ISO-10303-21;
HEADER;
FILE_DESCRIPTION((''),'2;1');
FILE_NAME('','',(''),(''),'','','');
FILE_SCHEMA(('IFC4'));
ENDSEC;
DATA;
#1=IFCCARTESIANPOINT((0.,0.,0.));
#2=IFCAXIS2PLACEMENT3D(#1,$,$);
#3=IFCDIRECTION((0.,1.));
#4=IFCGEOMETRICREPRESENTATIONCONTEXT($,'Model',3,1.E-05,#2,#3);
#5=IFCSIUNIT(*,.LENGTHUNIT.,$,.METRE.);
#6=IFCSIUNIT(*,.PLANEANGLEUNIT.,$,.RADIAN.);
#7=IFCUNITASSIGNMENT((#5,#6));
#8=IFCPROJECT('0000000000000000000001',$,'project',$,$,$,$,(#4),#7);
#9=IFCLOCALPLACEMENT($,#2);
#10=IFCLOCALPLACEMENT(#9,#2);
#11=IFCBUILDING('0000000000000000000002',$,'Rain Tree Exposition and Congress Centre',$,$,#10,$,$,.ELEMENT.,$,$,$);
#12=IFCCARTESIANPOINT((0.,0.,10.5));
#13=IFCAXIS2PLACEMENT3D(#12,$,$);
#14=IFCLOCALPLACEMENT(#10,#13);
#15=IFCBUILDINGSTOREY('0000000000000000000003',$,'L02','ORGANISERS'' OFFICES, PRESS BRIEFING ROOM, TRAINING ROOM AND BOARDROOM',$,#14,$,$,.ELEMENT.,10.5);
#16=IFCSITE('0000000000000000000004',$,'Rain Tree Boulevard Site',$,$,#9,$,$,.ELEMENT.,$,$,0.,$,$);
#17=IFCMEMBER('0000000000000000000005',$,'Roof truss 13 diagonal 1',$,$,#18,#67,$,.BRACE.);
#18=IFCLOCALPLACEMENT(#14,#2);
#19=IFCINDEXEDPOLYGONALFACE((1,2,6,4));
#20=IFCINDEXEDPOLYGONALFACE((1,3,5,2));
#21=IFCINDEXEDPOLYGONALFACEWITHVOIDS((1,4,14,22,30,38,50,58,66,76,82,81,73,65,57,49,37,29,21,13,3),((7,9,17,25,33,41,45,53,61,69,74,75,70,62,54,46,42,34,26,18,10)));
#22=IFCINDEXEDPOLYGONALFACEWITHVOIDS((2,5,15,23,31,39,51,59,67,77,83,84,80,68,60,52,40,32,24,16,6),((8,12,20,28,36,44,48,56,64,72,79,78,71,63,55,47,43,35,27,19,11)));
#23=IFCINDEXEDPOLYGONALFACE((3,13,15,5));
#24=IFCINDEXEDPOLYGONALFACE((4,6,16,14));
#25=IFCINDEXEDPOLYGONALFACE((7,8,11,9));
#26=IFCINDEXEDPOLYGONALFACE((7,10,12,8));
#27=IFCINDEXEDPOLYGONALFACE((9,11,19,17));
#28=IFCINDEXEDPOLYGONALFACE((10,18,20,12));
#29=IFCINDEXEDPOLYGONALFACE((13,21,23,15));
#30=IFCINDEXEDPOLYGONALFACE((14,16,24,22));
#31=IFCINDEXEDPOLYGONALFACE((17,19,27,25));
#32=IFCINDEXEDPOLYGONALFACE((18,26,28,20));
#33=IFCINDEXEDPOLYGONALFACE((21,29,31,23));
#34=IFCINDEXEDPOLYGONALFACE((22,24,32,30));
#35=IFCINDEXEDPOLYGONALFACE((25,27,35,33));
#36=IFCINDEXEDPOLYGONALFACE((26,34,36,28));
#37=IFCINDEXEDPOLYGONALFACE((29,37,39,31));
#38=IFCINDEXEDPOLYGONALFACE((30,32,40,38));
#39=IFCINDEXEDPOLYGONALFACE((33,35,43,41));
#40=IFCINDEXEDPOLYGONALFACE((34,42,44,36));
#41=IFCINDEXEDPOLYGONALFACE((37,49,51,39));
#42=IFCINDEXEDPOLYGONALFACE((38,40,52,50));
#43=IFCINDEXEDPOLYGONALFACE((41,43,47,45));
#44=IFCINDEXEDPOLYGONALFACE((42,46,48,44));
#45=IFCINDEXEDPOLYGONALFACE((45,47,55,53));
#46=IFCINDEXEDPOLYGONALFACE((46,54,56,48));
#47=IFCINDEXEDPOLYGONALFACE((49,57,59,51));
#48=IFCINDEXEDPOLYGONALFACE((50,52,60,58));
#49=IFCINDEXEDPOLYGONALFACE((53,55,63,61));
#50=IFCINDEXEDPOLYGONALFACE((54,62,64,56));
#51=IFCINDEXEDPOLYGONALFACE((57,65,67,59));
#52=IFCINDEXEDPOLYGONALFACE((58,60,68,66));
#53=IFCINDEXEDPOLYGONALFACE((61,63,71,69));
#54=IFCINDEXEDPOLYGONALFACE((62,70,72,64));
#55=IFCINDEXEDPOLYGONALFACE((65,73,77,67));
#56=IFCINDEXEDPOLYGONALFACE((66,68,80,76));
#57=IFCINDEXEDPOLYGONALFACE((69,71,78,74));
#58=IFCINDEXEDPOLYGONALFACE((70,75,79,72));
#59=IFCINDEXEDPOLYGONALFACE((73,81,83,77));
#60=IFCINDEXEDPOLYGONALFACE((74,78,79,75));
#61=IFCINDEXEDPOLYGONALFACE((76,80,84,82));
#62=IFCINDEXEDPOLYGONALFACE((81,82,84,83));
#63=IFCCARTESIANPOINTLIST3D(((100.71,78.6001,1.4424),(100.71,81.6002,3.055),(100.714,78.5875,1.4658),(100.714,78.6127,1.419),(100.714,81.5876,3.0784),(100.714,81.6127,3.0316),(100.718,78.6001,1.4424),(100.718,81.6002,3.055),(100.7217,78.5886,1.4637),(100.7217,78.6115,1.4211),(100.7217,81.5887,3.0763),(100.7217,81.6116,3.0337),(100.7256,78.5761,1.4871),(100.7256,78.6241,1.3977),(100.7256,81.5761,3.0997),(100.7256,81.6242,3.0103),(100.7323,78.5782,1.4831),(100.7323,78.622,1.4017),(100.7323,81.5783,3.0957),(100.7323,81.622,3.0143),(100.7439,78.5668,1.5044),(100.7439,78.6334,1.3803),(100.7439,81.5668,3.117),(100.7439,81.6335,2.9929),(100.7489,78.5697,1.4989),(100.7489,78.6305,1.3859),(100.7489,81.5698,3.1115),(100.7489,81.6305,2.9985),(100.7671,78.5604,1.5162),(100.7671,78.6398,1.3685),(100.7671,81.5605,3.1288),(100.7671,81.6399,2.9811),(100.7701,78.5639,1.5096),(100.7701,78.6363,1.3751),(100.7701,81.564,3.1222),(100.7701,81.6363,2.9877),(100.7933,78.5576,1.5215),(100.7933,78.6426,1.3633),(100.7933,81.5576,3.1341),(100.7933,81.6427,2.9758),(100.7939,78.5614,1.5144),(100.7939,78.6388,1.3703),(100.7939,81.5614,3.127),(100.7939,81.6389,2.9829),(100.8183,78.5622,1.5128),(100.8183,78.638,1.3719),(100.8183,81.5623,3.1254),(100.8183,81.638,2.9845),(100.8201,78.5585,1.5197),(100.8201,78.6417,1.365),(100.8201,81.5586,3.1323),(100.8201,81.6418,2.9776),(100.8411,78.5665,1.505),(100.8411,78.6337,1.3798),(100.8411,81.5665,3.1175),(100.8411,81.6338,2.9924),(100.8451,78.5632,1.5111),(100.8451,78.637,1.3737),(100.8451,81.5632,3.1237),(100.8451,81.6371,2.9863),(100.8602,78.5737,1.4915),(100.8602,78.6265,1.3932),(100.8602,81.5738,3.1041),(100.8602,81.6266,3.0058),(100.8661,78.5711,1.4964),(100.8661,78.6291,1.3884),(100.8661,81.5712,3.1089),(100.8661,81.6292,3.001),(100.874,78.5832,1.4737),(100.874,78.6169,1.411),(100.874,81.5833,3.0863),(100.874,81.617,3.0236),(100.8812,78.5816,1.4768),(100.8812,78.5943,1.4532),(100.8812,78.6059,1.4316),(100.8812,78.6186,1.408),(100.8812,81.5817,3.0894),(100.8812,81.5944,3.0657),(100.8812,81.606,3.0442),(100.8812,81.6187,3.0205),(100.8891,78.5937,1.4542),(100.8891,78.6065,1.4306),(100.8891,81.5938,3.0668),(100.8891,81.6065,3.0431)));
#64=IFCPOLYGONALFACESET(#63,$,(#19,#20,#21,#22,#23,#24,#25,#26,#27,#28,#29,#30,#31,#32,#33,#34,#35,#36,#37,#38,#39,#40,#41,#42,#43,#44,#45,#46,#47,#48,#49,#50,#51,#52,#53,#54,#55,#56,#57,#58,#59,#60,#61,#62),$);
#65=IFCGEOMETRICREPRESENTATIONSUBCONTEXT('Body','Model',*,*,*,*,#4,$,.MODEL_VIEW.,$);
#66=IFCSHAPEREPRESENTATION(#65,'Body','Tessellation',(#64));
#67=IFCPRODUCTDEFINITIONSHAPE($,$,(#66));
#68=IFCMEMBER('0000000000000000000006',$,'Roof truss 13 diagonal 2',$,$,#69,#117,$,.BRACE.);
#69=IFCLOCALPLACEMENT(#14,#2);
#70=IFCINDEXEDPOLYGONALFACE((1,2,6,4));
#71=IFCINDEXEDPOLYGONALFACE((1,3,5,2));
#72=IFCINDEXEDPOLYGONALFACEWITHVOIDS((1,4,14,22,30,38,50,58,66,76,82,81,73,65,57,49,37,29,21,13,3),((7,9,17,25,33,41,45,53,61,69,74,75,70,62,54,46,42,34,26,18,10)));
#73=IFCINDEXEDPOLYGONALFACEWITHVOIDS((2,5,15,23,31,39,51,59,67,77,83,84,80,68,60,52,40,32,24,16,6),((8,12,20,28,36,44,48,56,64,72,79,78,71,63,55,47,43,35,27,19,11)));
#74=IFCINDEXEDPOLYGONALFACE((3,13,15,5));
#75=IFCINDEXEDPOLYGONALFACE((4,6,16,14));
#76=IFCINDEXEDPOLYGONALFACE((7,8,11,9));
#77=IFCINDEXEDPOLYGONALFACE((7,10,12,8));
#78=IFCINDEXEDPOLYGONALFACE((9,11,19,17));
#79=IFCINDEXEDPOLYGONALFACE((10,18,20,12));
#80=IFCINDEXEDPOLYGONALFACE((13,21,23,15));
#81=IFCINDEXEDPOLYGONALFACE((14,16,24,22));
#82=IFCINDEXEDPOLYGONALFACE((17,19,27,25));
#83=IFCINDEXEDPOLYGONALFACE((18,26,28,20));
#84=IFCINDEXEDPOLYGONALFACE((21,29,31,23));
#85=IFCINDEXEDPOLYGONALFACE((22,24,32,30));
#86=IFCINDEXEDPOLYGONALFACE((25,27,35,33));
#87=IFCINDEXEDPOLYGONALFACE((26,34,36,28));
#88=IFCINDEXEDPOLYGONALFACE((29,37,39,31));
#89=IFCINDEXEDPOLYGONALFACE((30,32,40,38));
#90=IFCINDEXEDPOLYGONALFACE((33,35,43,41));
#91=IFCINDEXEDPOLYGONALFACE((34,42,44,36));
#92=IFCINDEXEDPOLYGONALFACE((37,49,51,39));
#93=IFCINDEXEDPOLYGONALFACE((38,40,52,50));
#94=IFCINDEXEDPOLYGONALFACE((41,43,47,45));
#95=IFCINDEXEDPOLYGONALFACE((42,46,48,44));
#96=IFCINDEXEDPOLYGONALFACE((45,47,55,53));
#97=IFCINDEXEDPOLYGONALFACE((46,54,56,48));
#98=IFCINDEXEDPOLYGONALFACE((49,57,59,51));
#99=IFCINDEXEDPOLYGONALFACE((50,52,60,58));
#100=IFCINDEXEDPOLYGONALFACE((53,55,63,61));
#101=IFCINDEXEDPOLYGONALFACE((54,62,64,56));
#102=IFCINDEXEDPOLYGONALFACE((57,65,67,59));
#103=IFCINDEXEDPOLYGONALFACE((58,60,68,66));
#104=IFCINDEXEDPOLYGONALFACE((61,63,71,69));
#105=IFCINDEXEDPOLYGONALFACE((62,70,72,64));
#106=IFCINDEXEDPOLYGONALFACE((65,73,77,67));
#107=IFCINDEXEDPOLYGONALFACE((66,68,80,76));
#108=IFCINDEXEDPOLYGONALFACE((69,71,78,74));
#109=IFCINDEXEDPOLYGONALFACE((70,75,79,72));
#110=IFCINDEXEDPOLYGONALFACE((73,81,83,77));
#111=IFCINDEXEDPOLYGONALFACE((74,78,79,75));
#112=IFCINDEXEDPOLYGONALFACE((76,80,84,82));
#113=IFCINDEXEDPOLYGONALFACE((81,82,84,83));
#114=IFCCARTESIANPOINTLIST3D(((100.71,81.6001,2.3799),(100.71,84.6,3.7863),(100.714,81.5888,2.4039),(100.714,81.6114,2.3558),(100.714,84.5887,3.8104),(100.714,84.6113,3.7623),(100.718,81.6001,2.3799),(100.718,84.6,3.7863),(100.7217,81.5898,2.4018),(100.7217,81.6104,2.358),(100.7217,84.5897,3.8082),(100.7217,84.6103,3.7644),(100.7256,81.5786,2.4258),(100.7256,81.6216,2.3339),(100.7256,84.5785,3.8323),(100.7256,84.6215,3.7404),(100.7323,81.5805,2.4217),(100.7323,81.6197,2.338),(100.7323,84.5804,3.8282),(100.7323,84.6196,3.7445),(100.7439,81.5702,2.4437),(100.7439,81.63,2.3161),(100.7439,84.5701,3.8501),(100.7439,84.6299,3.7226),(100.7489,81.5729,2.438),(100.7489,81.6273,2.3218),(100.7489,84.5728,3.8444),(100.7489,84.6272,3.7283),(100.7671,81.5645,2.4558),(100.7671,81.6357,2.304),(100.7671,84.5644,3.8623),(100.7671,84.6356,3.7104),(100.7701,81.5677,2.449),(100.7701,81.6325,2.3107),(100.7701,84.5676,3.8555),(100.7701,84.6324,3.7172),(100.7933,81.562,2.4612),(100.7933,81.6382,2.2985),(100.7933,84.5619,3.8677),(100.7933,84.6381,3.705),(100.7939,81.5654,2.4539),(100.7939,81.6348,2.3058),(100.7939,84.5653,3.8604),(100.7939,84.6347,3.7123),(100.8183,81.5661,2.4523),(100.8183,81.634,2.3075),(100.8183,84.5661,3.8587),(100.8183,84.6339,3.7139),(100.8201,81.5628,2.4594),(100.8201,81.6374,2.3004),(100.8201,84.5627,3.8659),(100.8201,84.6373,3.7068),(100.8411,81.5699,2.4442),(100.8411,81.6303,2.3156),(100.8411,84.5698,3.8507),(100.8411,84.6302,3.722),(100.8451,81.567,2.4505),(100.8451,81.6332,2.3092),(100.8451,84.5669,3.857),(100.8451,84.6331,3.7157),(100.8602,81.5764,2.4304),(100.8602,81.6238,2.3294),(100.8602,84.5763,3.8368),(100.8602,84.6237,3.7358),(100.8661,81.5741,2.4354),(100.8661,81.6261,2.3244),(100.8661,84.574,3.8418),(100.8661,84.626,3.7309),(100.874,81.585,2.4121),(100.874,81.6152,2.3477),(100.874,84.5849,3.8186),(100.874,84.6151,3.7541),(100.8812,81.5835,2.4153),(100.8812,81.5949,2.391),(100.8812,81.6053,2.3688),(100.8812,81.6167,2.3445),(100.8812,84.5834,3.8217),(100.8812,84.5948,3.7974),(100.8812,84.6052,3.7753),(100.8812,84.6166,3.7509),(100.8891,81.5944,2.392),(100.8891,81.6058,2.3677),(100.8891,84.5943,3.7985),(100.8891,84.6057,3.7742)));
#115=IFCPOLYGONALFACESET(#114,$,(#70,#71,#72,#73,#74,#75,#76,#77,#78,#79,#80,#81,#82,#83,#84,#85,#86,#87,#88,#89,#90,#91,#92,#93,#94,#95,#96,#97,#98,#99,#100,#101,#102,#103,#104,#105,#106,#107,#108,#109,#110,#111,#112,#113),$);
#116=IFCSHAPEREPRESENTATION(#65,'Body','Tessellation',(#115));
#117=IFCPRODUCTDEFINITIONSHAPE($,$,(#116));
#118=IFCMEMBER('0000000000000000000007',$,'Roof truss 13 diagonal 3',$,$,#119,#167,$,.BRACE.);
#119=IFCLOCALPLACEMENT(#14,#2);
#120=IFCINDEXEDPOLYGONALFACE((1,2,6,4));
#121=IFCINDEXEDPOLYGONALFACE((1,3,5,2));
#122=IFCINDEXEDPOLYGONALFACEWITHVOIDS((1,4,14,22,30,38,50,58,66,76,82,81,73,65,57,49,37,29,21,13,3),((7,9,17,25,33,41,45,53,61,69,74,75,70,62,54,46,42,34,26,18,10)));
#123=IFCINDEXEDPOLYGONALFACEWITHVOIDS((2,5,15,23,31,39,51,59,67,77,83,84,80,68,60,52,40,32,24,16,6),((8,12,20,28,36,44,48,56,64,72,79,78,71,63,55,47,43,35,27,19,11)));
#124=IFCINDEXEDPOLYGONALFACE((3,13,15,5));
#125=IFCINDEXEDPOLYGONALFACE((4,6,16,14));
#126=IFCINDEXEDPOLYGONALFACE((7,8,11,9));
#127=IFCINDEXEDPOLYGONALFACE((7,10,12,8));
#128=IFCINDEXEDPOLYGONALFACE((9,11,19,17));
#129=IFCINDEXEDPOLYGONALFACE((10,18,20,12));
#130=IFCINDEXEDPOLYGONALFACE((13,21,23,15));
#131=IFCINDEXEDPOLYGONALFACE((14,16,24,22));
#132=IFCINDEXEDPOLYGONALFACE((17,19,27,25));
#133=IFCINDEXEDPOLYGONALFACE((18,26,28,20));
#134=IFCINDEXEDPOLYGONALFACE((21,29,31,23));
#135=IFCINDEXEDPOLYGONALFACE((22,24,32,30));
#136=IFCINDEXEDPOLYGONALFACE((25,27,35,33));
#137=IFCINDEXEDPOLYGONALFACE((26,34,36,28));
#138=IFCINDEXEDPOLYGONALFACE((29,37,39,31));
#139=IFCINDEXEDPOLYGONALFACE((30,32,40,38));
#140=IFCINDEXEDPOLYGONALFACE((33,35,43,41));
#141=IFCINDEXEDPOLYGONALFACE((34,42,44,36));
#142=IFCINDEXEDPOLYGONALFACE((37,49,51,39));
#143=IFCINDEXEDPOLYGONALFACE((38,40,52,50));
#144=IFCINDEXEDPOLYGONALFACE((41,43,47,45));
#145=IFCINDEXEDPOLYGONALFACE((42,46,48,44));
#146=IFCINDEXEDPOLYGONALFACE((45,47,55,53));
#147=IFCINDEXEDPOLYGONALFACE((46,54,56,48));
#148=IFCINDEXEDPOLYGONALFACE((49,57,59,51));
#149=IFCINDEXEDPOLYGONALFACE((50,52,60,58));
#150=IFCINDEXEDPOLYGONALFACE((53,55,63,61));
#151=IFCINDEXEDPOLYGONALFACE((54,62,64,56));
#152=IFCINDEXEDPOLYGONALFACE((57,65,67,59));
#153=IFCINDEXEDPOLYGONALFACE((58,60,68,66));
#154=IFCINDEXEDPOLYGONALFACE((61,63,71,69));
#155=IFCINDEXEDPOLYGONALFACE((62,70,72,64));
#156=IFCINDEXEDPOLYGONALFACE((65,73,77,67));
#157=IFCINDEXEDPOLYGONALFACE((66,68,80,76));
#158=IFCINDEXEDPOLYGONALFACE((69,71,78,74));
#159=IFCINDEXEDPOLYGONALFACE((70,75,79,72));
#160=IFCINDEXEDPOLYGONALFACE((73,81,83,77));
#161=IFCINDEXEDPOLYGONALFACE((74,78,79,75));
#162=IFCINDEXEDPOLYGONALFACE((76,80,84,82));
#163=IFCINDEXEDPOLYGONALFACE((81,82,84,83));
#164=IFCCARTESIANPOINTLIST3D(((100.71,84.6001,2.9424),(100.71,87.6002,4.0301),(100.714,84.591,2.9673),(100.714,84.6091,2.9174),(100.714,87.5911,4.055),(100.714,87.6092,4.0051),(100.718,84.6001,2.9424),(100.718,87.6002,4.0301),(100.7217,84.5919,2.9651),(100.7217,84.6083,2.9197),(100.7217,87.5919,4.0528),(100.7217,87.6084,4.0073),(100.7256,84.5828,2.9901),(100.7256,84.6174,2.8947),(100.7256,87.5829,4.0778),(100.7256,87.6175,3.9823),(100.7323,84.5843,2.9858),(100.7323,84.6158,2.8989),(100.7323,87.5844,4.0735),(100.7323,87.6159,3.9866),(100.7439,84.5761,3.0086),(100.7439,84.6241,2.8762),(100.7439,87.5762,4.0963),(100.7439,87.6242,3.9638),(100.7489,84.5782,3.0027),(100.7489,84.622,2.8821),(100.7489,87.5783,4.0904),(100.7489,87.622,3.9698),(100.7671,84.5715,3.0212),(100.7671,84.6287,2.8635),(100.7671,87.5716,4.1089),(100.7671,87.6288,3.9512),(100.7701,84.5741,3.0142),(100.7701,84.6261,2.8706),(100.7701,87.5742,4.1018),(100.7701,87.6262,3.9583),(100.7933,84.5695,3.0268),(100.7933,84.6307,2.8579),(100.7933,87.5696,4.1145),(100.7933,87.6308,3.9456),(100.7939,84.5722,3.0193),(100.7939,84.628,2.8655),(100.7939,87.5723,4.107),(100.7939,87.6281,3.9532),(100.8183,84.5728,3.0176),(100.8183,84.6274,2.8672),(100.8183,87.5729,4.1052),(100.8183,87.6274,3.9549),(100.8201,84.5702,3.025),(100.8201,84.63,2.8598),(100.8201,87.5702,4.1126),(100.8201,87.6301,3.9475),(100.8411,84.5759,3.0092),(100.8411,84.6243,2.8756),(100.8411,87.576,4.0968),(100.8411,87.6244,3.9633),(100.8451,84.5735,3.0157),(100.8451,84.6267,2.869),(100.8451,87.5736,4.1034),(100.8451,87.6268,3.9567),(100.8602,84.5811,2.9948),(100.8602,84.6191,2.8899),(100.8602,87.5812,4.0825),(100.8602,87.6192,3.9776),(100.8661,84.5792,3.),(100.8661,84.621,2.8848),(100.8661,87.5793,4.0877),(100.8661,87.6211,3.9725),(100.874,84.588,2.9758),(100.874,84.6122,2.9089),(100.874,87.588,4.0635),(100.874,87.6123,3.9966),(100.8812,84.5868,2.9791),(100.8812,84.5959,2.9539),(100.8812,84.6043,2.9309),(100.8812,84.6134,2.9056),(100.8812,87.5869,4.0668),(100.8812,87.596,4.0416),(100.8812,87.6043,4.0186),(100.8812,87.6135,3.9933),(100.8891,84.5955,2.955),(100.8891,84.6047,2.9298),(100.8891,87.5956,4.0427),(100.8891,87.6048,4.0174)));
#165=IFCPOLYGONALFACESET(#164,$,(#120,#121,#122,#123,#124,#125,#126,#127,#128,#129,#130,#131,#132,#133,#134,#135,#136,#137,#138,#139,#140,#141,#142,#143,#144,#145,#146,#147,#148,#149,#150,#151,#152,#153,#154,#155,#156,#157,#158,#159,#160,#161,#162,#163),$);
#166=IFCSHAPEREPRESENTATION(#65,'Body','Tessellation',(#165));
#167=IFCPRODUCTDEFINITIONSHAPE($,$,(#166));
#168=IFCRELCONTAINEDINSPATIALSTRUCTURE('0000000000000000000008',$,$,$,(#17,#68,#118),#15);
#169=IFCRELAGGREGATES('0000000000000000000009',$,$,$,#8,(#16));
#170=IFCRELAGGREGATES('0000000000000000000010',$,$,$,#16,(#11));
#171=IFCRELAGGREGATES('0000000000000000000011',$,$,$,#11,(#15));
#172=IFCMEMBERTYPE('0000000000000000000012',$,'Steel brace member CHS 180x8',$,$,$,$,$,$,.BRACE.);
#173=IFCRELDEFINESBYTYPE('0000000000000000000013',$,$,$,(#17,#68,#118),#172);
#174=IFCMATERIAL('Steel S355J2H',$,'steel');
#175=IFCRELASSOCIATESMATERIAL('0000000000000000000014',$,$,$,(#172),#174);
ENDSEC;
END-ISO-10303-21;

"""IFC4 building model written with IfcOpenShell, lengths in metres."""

from ifc_helpers import new_model, si_unit, direction, frame, origin, origin_2d, place, context, subcontext, project, spatial, hollow_circle, extrude, material, material_profile, profile_set, type_object, element, save


model = new_model("IFC4")

# Units and contexts
model_context = context("Model", 3, precision=1e-05, world=origin(), true_north=direction((0.0, 1.0)))
body_context = subcontext(model_context, "Body", "Model", "MODEL_VIEW")
ifc_project = project(units=[si_unit("LENGTHUNIT", "METRE"), si_unit("PLANEANGLEUNIT", "RADIAN")], contexts=[model_context])

# Site, building, storey
site_placement = place(None, origin())
site = spatial("IfcSite", under=ifc_project, at=site_placement, Name="Rain Tree Boulevard Site", CompositionType="ELEMENT", RefElevation=0.0)
building_placement = place(site_placement, origin())
building = spatial("IfcBuilding", under=site, at=building_placement, Name="Rain Tree Exposition and Congress Centre", CompositionType="ELEMENT")
storey_placement = place(building_placement, frame((0.0, 0.0, 10.5)))
storey = spatial("IfcBuildingStorey", under=building, at=storey_placement, Name="L02", Description="ORGANISERS' OFFICES, PRESS BRIEFING ROOM, TRAINING ROOM AND BOARDROOM", CompositionType="ELEMENT", Elevation=10.5)

# Members
ifc_material_1 = material(Name="Steel S355J2H", Category="steel")
ifc_material_profile_1 = material_profile(ifc_material_1, hollow_circle(Radius=0.0901, WallThickness=0.0081, at=origin_2d()), Name="CHS 180x8")
ifc_profile_set_1 = profile_set([ifc_material_profile_1], Name="Steel S355J2H")
member_type_1 = type_object("IfcMemberType", Name="Steel brace member CHS 180x8", PredefinedType="BRACE", material=ifc_profile_set_1)
member_1_placement = place(storey_placement, frame((100.8, 78.6001, 1.4424), z_axis=(0.0, 0.880818, 0.473454), x_axis=(-1.0, 0.0, 0.0)))
element("IfcMember", 1, at=member_1_placement, inside=storey, type_object=member_type_1, Name="Roof truss 13 diagonal 1", PredefinedType="BRACE", context=body_context, shape_type="SweptSolid", body=[
    extrude(hollow_circle(Radius=0.0901, WallThickness=0.0081, at=origin_2d()), origin(), (0.0, 0.0, 1.0), 3.406),
])
member_2_placement = place(storey_placement, frame((100.8, 81.6001, 2.3799), z_axis=(0.0, 0.905431, 0.424494), x_axis=(-1.0, 0.0, 0.0)))
element("IfcMember", 2, at=member_2_placement, inside=storey, type_object=member_type_1, Name="Roof truss 13 diagonal 2", PredefinedType="BRACE", context=body_context, shape_type="SweptSolid", body=[
    extrude(hollow_circle(Radius=0.0901, WallThickness=0.0081, at=origin_2d()), origin(), (0.0, 0.0, 1.0), 3.3132),
])
member_3_placement = place(storey_placement, frame((100.8, 84.6001, 2.9424), z_axis=(0.0, 0.940121, 0.34084), x_axis=(-1.0, 0.0, 0.0)))
element("IfcMember", 3, at=member_3_placement, inside=storey, type_object=member_type_1, Name="Roof truss 13 diagonal 3", PredefinedType="BRACE", context=body_context, shape_type="SweptSolid", body=[
    extrude(hollow_circle(Radius=0.0901, WallThickness=0.0081, at=origin_2d()), origin(), (0.0, 0.0, 1.0), 3.1912),
])

save(model, "model.ifc")
